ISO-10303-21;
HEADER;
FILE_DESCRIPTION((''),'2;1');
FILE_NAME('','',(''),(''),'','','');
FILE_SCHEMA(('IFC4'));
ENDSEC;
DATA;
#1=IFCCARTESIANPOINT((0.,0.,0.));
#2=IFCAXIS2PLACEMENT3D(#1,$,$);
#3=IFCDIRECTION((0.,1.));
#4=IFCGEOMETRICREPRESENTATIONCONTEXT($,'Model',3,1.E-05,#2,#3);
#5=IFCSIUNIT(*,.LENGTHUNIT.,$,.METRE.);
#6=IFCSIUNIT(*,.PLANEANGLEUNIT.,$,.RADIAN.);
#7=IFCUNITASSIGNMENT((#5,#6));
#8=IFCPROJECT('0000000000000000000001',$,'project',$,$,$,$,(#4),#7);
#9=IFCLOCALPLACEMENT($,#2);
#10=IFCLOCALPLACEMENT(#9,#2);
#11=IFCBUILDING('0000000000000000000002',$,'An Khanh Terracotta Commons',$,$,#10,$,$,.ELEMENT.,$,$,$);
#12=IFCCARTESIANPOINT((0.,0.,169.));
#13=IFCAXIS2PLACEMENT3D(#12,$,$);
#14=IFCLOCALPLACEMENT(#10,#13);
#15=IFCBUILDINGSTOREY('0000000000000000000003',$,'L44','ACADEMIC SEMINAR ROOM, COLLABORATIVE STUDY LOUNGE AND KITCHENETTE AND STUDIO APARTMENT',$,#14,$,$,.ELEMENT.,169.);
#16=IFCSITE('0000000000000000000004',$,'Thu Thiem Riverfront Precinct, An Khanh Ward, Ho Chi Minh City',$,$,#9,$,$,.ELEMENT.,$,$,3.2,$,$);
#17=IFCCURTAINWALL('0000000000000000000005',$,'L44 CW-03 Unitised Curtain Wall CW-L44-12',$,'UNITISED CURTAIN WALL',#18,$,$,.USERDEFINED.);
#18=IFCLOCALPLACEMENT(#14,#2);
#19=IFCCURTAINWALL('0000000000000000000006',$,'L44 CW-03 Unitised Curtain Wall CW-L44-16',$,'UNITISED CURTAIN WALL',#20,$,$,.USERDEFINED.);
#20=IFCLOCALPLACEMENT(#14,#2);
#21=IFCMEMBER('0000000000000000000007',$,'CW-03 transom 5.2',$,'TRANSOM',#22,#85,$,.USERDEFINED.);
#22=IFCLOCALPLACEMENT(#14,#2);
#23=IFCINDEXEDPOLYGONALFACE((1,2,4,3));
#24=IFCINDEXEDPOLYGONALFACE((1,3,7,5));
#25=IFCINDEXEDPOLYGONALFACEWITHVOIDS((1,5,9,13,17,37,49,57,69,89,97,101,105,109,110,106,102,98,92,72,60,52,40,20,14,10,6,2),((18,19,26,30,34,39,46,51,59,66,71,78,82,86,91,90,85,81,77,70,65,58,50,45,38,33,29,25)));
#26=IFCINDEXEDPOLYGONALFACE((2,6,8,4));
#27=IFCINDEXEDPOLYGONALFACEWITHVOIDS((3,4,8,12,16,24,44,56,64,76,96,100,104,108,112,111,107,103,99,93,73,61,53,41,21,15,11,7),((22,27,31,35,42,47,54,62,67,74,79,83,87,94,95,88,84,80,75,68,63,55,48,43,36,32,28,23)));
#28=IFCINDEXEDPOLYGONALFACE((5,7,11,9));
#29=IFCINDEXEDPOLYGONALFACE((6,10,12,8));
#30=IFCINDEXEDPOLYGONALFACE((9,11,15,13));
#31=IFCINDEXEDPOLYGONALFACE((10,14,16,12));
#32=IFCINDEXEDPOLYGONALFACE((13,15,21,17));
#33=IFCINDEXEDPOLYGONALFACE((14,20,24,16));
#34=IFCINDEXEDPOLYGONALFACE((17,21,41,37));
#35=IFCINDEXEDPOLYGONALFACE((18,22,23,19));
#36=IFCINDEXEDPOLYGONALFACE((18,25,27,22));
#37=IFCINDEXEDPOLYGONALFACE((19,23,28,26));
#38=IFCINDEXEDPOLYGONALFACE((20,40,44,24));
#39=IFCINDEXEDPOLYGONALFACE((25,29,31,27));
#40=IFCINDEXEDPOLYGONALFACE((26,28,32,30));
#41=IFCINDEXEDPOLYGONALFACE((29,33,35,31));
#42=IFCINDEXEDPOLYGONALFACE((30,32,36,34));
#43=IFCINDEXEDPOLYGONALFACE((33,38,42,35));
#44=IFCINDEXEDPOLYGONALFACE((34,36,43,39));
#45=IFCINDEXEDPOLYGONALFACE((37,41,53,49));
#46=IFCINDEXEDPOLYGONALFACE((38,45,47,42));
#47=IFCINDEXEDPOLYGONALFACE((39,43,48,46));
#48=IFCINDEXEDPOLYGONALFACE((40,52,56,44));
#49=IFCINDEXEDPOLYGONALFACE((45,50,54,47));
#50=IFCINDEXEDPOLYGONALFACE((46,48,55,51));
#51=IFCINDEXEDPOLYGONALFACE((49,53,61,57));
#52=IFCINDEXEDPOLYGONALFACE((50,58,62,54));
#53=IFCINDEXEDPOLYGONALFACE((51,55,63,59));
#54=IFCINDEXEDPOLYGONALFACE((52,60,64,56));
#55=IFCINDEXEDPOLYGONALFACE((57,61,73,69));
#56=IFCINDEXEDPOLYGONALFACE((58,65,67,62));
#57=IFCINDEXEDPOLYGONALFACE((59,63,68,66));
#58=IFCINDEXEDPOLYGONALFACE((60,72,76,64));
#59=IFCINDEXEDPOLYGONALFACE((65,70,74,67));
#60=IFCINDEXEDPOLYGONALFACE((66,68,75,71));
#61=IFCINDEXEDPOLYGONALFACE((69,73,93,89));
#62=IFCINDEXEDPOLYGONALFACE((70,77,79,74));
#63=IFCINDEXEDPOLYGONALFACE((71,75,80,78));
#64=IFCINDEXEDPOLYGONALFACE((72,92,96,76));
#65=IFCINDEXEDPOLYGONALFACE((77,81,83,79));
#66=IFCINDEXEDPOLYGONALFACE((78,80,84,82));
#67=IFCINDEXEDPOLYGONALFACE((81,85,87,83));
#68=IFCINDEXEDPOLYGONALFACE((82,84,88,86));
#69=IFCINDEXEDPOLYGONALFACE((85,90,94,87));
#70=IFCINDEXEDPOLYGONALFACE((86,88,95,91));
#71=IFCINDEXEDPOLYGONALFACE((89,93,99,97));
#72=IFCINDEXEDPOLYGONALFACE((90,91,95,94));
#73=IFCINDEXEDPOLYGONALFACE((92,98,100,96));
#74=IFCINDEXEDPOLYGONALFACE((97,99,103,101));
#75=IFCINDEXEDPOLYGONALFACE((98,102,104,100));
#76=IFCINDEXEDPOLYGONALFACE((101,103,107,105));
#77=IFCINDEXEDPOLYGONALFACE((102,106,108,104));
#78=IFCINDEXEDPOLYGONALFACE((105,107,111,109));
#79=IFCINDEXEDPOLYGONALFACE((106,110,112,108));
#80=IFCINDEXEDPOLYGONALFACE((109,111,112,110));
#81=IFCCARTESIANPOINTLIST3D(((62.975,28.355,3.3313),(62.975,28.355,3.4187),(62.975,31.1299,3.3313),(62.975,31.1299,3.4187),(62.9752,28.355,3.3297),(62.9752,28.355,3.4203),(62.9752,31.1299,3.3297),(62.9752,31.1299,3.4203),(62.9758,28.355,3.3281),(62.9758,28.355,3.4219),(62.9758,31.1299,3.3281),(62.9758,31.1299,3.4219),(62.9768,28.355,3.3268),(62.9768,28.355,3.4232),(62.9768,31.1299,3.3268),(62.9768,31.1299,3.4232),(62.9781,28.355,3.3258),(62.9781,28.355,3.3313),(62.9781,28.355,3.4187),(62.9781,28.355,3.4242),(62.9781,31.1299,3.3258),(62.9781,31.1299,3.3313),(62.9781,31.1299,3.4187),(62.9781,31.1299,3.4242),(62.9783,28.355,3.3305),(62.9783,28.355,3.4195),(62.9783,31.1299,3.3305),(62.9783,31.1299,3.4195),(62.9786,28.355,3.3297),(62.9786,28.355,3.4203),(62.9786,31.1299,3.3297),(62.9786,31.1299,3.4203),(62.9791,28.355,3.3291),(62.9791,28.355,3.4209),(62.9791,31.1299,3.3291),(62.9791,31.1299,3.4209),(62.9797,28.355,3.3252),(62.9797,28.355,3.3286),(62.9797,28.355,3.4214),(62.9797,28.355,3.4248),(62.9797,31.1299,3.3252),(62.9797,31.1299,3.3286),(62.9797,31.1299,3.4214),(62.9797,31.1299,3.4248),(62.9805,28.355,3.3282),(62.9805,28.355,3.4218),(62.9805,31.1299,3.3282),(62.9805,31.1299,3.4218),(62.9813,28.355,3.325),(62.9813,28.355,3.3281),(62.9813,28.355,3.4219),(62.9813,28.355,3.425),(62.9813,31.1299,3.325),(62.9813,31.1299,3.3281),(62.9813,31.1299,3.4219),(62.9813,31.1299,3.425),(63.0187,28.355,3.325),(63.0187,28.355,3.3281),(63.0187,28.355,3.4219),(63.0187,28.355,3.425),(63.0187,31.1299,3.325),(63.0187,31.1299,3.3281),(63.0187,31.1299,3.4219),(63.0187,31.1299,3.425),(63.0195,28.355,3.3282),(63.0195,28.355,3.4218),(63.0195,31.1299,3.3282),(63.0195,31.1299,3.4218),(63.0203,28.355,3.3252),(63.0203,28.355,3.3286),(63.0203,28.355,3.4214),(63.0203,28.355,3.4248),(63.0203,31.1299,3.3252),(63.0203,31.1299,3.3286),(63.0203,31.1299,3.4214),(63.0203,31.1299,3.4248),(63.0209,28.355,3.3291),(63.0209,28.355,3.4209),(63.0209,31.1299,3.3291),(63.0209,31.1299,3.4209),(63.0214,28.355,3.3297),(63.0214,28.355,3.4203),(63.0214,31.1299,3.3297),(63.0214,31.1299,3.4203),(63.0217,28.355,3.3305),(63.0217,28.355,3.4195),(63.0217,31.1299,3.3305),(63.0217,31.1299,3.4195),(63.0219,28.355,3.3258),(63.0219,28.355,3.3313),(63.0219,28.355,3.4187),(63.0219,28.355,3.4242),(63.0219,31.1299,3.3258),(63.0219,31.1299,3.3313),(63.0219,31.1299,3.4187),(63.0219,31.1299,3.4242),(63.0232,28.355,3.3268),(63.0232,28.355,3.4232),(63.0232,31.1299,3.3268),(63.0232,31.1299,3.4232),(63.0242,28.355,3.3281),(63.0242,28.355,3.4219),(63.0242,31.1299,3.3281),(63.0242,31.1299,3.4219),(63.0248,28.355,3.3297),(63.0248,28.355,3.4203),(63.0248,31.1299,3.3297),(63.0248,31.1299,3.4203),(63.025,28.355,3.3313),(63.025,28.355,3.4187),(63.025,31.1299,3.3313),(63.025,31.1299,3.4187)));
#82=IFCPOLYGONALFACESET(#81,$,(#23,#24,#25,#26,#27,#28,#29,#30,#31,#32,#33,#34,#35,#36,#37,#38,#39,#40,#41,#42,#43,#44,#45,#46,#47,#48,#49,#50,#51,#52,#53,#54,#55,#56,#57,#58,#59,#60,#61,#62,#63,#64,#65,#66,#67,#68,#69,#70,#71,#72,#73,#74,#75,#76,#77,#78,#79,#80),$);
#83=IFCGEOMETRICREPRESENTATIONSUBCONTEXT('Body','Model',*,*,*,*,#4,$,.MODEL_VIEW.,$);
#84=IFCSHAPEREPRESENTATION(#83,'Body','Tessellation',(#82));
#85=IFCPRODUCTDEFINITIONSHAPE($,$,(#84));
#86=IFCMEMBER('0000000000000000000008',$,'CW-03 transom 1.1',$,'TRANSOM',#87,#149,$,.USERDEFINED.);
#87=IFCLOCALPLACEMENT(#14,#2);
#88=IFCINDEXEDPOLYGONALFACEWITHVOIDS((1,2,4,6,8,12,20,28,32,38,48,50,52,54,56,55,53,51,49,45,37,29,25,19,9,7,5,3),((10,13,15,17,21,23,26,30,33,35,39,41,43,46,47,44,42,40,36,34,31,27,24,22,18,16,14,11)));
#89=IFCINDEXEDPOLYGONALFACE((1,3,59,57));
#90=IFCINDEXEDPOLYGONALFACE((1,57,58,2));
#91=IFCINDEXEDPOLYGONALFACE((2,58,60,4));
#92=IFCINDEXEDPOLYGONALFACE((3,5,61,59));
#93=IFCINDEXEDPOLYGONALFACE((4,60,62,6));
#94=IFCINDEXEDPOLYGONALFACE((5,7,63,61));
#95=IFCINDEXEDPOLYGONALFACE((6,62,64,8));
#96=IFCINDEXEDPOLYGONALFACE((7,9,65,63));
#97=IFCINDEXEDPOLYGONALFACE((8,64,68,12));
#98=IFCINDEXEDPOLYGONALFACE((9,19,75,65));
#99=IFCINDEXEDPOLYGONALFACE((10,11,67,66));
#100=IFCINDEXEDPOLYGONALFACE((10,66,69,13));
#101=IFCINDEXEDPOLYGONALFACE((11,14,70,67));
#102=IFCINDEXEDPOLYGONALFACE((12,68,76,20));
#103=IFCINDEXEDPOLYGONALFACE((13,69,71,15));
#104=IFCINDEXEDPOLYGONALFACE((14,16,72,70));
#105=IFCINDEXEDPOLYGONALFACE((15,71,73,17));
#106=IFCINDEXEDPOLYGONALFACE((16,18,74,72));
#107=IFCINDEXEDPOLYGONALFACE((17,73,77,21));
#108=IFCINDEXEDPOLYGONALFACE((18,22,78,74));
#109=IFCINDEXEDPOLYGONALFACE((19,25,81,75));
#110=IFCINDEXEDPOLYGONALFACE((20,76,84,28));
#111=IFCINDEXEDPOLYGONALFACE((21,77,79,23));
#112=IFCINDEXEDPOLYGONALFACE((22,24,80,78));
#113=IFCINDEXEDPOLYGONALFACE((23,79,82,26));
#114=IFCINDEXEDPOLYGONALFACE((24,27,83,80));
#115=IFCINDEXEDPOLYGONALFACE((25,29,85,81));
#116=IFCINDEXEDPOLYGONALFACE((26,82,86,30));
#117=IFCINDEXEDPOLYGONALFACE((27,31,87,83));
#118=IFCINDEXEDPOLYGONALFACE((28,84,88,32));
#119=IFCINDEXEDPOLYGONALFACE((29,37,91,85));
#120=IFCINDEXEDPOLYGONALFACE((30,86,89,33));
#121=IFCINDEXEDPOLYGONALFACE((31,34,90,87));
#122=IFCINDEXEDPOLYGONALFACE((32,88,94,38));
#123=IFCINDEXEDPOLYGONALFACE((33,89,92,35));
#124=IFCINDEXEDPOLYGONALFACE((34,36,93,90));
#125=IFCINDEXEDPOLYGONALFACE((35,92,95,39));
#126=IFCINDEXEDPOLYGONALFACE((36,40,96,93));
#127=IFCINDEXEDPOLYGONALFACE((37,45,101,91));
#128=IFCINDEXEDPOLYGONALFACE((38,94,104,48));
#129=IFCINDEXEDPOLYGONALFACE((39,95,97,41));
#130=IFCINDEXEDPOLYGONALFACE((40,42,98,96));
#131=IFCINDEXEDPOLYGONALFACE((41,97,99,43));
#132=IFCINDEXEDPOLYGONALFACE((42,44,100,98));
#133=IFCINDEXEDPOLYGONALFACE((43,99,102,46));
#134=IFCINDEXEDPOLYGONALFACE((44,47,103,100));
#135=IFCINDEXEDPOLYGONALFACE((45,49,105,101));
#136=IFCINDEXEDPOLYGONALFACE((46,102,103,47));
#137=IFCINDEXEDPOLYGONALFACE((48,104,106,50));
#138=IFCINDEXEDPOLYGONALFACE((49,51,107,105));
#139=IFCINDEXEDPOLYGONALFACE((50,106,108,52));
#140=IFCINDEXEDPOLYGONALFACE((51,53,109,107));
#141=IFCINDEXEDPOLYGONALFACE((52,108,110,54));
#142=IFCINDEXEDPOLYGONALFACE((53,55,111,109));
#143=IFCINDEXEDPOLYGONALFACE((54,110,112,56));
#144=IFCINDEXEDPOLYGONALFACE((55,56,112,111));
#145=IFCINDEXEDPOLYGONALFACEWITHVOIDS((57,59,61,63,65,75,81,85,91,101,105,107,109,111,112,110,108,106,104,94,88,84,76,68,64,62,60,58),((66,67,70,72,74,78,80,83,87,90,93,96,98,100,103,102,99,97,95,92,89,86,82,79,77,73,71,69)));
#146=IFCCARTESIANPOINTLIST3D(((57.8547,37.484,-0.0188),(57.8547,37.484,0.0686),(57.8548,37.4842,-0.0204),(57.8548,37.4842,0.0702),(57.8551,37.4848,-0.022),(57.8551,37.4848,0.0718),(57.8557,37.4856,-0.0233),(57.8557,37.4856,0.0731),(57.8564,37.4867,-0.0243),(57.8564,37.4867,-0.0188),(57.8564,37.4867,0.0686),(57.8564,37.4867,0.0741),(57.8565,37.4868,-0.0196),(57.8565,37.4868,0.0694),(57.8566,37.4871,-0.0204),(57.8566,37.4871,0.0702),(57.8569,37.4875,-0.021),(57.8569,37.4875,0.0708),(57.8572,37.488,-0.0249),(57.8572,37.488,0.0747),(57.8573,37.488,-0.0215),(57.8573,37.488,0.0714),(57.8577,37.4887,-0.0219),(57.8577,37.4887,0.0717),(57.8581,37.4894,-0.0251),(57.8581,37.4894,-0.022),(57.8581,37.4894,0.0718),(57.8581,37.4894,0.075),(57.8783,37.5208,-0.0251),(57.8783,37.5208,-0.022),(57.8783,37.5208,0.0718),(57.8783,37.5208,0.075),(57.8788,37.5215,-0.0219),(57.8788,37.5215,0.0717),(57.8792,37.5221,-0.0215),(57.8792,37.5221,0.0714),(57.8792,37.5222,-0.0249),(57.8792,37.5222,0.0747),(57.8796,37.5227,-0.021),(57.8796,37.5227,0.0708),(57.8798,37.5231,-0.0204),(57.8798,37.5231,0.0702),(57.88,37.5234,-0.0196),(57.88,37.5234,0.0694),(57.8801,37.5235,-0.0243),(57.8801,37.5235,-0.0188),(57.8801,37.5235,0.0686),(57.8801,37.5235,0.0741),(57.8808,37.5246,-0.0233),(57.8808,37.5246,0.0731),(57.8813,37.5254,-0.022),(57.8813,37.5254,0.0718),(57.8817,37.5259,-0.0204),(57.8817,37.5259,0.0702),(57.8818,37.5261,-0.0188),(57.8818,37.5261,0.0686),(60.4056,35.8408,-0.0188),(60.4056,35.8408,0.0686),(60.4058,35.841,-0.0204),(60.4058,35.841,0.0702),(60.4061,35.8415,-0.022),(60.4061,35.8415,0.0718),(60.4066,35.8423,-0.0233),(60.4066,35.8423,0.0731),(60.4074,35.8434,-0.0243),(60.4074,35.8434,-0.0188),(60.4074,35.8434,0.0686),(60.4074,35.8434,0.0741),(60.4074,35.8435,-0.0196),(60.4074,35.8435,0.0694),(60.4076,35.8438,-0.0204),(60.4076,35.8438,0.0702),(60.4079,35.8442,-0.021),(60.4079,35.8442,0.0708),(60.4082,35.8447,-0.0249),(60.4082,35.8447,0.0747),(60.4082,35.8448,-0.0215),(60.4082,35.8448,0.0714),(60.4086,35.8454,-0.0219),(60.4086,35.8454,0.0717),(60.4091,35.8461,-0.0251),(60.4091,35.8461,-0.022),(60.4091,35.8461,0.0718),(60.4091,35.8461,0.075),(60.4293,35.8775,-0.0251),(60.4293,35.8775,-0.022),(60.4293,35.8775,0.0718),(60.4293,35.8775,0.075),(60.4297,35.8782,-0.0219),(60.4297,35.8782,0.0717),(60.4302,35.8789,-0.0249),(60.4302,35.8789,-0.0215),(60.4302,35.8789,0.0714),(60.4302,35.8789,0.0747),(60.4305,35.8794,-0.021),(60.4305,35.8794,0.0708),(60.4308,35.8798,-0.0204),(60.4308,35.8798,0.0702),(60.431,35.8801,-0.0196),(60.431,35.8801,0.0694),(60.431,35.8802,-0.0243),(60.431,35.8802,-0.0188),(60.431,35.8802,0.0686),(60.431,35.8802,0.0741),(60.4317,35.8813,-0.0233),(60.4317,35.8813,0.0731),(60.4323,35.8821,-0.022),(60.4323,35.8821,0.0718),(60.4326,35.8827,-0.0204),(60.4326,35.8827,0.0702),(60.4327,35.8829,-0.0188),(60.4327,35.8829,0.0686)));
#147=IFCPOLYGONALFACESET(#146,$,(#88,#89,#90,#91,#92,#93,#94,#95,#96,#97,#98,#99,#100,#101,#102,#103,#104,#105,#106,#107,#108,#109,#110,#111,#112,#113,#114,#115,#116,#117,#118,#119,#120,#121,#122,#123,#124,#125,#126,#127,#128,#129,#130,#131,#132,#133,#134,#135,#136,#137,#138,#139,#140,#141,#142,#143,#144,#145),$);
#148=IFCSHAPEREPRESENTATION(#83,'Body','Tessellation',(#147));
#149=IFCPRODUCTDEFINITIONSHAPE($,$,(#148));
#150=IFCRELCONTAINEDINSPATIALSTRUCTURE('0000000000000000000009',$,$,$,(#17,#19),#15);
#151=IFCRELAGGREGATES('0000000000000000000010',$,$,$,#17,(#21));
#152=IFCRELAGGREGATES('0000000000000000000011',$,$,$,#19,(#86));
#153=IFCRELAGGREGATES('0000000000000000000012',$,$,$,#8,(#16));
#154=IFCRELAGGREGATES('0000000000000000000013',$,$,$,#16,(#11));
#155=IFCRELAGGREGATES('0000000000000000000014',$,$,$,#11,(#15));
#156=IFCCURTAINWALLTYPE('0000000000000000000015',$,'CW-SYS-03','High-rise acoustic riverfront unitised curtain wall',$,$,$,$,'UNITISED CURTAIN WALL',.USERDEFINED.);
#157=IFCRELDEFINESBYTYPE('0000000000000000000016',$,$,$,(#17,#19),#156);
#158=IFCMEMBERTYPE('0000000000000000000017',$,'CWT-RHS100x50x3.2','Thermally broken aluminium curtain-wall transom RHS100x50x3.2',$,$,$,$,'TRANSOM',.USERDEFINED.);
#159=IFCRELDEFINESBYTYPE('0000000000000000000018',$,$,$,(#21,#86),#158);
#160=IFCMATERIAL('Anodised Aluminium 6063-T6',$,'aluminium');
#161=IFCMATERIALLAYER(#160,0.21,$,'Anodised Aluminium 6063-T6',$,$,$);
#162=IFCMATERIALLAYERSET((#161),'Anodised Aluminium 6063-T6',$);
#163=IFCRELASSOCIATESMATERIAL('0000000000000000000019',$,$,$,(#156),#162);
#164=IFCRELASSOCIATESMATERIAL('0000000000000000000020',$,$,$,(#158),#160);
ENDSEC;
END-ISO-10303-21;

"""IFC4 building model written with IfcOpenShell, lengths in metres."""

from ifc_helpers import new_model, si_unit, direction, frame, origin, origin_2d, place, context, subcontext, project, spatial, hollow_rectangle, extrude, material, layer, layer_set, material_profile, profile_set, type_object, element, aggregate, save


model = new_model("IFC4")

# Units and contexts
model_context = context("Model", 3, precision=1e-05, world=origin(), true_north=direction((0.0, 1.0)))
body_context = subcontext(model_context, "Body", "Model", "MODEL_VIEW")
ifc_project = project(units=[si_unit("LENGTHUNIT", "METRE"), si_unit("PLANEANGLEUNIT", "RADIAN")], contexts=[model_context])

# Site, building, storey
site_placement = place(None, origin())
site = spatial("IfcSite", under=ifc_project, at=site_placement, Name="Thu Thiem Riverfront Precinct, An Khanh Ward, Ho Chi Minh City", CompositionType="ELEMENT", RefElevation=3.2)
building_placement = place(site_placement, origin())
building = spatial("IfcBuilding", under=site, at=building_placement, Name="An Khanh Terracotta Commons", CompositionType="ELEMENT")
storey_placement = place(building_placement, frame((0.0, 0.0, 169.0)))
storey = spatial("IfcBuildingStorey", under=building, at=storey_placement, Name="L44", Description="ACADEMIC SEMINAR ROOM, COLLABORATIVE STUDY LOUNGE AND KITCHENETTE AND STUDIO APARTMENT", CompositionType="ELEMENT", Elevation=169.0)

# Curtain walls
ifc_material_1 = material(Name="Anodised Aluminium 6063-T6", Category="aluminium")
ifc_layer_1 = layer(ifc_material_1, 0.21, Name="Anodised Aluminium 6063-T6")
ifc_layer_set_1 = layer_set([ifc_layer_1], Name="Anodised Aluminium 6063-T6")
curtain_wall_type = type_object("IfcCurtainWallType", Name="CW-SYS-03", Description="High-rise acoustic riverfront unitised curtain wall", ElementType="UNITISED CURTAIN WALL", PredefinedType="USERDEFINED", material=ifc_layer_set_1)
curtain_wall_1_placement = place(storey_placement, origin())
curtain_wall_1 = element("IfcCurtainWall", 1, at=curtain_wall_1_placement, inside=storey, type_object=curtain_wall_type, Name="L44 CW-03 Unitised Curtain Wall CW-L44-12", ObjectType="UNITISED CURTAIN WALL", PredefinedType="USERDEFINED")
curtain_wall_2_placement = place(storey_placement, origin())
curtain_wall_2 = element("IfcCurtainWall", 2, at=curtain_wall_2_placement, inside=storey, type_object=curtain_wall_type, Name="L44 CW-03 Unitised Curtain Wall CW-L44-16", ObjectType="UNITISED CURTAIN WALL", PredefinedType="USERDEFINED")

# Members
ifc_material_profile_1 = material_profile(ifc_material_1, hollow_rectangle(XDim=0.05, YDim=0.1001, WallThickness=0.0032, InnerFilletRadius=0.0032, OuterFilletRadius=0.0063, at=origin_2d()), Name="RHS100x50x3.2")
ifc_profile_set_1 = profile_set([ifc_material_profile_1], Name="Anodised Aluminium 6063-T6")
member_type_1 = type_object("IfcMemberType", Name="CWT-RHS100x50x3.2", Description="Thermally broken aluminium curtain-wall transom RHS100x50x3.2", ElementType="TRANSOM", PredefinedType="USERDEFINED", material=ifc_profile_set_1)
member_1_placement = place(storey_placement, frame((63.0, 28.355, 3.375), z_axis=(0.0, 1.0, 0.0), x_axis=(-1.0, 0.0, 0.0)))
member_1 = element("IfcMember", 3, at=member_1_placement, type_object=member_type_1, Name="CW-03 transom 5.2", ObjectType="TRANSOM", PredefinedType="USERDEFINED", context=body_context, shape_type="SweptSolid", body=[
    extrude(hollow_rectangle(XDim=0.05, YDim=0.1001, WallThickness=0.0032, InnerFilletRadius=0.0032, OuterFilletRadius=0.0063, at=origin_2d()), origin(), (0.0, 0.0, 1.0), 2.7749),
])
member_2_placement = place(storey_placement, frame((60.4192, 35.8618, 0.0249), z_axis=(-0.840674, 0.541542, 0.0), x_axis=(-0.541542, -0.840674, 0.0)))
member_2 = element("IfcMember", 4, at=member_2_placement, type_object=member_type_1, Name="CW-03 transom 1.1", ObjectType="TRANSOM", PredefinedType="USERDEFINED", context=body_context, shape_type="SweptSolid", body=[
    extrude(hollow_rectangle(XDim=0.05, YDim=0.1001, WallThickness=0.0032, InnerFilletRadius=0.0032, OuterFilletRadius=0.0063, at=origin_2d()), origin(), (0.0, 0.0, 1.0), 3.0344),
])

aggregate(curtain_wall_1, [member_1])
aggregate(curtain_wall_2, [member_2])

save(model, "model.ifc")
